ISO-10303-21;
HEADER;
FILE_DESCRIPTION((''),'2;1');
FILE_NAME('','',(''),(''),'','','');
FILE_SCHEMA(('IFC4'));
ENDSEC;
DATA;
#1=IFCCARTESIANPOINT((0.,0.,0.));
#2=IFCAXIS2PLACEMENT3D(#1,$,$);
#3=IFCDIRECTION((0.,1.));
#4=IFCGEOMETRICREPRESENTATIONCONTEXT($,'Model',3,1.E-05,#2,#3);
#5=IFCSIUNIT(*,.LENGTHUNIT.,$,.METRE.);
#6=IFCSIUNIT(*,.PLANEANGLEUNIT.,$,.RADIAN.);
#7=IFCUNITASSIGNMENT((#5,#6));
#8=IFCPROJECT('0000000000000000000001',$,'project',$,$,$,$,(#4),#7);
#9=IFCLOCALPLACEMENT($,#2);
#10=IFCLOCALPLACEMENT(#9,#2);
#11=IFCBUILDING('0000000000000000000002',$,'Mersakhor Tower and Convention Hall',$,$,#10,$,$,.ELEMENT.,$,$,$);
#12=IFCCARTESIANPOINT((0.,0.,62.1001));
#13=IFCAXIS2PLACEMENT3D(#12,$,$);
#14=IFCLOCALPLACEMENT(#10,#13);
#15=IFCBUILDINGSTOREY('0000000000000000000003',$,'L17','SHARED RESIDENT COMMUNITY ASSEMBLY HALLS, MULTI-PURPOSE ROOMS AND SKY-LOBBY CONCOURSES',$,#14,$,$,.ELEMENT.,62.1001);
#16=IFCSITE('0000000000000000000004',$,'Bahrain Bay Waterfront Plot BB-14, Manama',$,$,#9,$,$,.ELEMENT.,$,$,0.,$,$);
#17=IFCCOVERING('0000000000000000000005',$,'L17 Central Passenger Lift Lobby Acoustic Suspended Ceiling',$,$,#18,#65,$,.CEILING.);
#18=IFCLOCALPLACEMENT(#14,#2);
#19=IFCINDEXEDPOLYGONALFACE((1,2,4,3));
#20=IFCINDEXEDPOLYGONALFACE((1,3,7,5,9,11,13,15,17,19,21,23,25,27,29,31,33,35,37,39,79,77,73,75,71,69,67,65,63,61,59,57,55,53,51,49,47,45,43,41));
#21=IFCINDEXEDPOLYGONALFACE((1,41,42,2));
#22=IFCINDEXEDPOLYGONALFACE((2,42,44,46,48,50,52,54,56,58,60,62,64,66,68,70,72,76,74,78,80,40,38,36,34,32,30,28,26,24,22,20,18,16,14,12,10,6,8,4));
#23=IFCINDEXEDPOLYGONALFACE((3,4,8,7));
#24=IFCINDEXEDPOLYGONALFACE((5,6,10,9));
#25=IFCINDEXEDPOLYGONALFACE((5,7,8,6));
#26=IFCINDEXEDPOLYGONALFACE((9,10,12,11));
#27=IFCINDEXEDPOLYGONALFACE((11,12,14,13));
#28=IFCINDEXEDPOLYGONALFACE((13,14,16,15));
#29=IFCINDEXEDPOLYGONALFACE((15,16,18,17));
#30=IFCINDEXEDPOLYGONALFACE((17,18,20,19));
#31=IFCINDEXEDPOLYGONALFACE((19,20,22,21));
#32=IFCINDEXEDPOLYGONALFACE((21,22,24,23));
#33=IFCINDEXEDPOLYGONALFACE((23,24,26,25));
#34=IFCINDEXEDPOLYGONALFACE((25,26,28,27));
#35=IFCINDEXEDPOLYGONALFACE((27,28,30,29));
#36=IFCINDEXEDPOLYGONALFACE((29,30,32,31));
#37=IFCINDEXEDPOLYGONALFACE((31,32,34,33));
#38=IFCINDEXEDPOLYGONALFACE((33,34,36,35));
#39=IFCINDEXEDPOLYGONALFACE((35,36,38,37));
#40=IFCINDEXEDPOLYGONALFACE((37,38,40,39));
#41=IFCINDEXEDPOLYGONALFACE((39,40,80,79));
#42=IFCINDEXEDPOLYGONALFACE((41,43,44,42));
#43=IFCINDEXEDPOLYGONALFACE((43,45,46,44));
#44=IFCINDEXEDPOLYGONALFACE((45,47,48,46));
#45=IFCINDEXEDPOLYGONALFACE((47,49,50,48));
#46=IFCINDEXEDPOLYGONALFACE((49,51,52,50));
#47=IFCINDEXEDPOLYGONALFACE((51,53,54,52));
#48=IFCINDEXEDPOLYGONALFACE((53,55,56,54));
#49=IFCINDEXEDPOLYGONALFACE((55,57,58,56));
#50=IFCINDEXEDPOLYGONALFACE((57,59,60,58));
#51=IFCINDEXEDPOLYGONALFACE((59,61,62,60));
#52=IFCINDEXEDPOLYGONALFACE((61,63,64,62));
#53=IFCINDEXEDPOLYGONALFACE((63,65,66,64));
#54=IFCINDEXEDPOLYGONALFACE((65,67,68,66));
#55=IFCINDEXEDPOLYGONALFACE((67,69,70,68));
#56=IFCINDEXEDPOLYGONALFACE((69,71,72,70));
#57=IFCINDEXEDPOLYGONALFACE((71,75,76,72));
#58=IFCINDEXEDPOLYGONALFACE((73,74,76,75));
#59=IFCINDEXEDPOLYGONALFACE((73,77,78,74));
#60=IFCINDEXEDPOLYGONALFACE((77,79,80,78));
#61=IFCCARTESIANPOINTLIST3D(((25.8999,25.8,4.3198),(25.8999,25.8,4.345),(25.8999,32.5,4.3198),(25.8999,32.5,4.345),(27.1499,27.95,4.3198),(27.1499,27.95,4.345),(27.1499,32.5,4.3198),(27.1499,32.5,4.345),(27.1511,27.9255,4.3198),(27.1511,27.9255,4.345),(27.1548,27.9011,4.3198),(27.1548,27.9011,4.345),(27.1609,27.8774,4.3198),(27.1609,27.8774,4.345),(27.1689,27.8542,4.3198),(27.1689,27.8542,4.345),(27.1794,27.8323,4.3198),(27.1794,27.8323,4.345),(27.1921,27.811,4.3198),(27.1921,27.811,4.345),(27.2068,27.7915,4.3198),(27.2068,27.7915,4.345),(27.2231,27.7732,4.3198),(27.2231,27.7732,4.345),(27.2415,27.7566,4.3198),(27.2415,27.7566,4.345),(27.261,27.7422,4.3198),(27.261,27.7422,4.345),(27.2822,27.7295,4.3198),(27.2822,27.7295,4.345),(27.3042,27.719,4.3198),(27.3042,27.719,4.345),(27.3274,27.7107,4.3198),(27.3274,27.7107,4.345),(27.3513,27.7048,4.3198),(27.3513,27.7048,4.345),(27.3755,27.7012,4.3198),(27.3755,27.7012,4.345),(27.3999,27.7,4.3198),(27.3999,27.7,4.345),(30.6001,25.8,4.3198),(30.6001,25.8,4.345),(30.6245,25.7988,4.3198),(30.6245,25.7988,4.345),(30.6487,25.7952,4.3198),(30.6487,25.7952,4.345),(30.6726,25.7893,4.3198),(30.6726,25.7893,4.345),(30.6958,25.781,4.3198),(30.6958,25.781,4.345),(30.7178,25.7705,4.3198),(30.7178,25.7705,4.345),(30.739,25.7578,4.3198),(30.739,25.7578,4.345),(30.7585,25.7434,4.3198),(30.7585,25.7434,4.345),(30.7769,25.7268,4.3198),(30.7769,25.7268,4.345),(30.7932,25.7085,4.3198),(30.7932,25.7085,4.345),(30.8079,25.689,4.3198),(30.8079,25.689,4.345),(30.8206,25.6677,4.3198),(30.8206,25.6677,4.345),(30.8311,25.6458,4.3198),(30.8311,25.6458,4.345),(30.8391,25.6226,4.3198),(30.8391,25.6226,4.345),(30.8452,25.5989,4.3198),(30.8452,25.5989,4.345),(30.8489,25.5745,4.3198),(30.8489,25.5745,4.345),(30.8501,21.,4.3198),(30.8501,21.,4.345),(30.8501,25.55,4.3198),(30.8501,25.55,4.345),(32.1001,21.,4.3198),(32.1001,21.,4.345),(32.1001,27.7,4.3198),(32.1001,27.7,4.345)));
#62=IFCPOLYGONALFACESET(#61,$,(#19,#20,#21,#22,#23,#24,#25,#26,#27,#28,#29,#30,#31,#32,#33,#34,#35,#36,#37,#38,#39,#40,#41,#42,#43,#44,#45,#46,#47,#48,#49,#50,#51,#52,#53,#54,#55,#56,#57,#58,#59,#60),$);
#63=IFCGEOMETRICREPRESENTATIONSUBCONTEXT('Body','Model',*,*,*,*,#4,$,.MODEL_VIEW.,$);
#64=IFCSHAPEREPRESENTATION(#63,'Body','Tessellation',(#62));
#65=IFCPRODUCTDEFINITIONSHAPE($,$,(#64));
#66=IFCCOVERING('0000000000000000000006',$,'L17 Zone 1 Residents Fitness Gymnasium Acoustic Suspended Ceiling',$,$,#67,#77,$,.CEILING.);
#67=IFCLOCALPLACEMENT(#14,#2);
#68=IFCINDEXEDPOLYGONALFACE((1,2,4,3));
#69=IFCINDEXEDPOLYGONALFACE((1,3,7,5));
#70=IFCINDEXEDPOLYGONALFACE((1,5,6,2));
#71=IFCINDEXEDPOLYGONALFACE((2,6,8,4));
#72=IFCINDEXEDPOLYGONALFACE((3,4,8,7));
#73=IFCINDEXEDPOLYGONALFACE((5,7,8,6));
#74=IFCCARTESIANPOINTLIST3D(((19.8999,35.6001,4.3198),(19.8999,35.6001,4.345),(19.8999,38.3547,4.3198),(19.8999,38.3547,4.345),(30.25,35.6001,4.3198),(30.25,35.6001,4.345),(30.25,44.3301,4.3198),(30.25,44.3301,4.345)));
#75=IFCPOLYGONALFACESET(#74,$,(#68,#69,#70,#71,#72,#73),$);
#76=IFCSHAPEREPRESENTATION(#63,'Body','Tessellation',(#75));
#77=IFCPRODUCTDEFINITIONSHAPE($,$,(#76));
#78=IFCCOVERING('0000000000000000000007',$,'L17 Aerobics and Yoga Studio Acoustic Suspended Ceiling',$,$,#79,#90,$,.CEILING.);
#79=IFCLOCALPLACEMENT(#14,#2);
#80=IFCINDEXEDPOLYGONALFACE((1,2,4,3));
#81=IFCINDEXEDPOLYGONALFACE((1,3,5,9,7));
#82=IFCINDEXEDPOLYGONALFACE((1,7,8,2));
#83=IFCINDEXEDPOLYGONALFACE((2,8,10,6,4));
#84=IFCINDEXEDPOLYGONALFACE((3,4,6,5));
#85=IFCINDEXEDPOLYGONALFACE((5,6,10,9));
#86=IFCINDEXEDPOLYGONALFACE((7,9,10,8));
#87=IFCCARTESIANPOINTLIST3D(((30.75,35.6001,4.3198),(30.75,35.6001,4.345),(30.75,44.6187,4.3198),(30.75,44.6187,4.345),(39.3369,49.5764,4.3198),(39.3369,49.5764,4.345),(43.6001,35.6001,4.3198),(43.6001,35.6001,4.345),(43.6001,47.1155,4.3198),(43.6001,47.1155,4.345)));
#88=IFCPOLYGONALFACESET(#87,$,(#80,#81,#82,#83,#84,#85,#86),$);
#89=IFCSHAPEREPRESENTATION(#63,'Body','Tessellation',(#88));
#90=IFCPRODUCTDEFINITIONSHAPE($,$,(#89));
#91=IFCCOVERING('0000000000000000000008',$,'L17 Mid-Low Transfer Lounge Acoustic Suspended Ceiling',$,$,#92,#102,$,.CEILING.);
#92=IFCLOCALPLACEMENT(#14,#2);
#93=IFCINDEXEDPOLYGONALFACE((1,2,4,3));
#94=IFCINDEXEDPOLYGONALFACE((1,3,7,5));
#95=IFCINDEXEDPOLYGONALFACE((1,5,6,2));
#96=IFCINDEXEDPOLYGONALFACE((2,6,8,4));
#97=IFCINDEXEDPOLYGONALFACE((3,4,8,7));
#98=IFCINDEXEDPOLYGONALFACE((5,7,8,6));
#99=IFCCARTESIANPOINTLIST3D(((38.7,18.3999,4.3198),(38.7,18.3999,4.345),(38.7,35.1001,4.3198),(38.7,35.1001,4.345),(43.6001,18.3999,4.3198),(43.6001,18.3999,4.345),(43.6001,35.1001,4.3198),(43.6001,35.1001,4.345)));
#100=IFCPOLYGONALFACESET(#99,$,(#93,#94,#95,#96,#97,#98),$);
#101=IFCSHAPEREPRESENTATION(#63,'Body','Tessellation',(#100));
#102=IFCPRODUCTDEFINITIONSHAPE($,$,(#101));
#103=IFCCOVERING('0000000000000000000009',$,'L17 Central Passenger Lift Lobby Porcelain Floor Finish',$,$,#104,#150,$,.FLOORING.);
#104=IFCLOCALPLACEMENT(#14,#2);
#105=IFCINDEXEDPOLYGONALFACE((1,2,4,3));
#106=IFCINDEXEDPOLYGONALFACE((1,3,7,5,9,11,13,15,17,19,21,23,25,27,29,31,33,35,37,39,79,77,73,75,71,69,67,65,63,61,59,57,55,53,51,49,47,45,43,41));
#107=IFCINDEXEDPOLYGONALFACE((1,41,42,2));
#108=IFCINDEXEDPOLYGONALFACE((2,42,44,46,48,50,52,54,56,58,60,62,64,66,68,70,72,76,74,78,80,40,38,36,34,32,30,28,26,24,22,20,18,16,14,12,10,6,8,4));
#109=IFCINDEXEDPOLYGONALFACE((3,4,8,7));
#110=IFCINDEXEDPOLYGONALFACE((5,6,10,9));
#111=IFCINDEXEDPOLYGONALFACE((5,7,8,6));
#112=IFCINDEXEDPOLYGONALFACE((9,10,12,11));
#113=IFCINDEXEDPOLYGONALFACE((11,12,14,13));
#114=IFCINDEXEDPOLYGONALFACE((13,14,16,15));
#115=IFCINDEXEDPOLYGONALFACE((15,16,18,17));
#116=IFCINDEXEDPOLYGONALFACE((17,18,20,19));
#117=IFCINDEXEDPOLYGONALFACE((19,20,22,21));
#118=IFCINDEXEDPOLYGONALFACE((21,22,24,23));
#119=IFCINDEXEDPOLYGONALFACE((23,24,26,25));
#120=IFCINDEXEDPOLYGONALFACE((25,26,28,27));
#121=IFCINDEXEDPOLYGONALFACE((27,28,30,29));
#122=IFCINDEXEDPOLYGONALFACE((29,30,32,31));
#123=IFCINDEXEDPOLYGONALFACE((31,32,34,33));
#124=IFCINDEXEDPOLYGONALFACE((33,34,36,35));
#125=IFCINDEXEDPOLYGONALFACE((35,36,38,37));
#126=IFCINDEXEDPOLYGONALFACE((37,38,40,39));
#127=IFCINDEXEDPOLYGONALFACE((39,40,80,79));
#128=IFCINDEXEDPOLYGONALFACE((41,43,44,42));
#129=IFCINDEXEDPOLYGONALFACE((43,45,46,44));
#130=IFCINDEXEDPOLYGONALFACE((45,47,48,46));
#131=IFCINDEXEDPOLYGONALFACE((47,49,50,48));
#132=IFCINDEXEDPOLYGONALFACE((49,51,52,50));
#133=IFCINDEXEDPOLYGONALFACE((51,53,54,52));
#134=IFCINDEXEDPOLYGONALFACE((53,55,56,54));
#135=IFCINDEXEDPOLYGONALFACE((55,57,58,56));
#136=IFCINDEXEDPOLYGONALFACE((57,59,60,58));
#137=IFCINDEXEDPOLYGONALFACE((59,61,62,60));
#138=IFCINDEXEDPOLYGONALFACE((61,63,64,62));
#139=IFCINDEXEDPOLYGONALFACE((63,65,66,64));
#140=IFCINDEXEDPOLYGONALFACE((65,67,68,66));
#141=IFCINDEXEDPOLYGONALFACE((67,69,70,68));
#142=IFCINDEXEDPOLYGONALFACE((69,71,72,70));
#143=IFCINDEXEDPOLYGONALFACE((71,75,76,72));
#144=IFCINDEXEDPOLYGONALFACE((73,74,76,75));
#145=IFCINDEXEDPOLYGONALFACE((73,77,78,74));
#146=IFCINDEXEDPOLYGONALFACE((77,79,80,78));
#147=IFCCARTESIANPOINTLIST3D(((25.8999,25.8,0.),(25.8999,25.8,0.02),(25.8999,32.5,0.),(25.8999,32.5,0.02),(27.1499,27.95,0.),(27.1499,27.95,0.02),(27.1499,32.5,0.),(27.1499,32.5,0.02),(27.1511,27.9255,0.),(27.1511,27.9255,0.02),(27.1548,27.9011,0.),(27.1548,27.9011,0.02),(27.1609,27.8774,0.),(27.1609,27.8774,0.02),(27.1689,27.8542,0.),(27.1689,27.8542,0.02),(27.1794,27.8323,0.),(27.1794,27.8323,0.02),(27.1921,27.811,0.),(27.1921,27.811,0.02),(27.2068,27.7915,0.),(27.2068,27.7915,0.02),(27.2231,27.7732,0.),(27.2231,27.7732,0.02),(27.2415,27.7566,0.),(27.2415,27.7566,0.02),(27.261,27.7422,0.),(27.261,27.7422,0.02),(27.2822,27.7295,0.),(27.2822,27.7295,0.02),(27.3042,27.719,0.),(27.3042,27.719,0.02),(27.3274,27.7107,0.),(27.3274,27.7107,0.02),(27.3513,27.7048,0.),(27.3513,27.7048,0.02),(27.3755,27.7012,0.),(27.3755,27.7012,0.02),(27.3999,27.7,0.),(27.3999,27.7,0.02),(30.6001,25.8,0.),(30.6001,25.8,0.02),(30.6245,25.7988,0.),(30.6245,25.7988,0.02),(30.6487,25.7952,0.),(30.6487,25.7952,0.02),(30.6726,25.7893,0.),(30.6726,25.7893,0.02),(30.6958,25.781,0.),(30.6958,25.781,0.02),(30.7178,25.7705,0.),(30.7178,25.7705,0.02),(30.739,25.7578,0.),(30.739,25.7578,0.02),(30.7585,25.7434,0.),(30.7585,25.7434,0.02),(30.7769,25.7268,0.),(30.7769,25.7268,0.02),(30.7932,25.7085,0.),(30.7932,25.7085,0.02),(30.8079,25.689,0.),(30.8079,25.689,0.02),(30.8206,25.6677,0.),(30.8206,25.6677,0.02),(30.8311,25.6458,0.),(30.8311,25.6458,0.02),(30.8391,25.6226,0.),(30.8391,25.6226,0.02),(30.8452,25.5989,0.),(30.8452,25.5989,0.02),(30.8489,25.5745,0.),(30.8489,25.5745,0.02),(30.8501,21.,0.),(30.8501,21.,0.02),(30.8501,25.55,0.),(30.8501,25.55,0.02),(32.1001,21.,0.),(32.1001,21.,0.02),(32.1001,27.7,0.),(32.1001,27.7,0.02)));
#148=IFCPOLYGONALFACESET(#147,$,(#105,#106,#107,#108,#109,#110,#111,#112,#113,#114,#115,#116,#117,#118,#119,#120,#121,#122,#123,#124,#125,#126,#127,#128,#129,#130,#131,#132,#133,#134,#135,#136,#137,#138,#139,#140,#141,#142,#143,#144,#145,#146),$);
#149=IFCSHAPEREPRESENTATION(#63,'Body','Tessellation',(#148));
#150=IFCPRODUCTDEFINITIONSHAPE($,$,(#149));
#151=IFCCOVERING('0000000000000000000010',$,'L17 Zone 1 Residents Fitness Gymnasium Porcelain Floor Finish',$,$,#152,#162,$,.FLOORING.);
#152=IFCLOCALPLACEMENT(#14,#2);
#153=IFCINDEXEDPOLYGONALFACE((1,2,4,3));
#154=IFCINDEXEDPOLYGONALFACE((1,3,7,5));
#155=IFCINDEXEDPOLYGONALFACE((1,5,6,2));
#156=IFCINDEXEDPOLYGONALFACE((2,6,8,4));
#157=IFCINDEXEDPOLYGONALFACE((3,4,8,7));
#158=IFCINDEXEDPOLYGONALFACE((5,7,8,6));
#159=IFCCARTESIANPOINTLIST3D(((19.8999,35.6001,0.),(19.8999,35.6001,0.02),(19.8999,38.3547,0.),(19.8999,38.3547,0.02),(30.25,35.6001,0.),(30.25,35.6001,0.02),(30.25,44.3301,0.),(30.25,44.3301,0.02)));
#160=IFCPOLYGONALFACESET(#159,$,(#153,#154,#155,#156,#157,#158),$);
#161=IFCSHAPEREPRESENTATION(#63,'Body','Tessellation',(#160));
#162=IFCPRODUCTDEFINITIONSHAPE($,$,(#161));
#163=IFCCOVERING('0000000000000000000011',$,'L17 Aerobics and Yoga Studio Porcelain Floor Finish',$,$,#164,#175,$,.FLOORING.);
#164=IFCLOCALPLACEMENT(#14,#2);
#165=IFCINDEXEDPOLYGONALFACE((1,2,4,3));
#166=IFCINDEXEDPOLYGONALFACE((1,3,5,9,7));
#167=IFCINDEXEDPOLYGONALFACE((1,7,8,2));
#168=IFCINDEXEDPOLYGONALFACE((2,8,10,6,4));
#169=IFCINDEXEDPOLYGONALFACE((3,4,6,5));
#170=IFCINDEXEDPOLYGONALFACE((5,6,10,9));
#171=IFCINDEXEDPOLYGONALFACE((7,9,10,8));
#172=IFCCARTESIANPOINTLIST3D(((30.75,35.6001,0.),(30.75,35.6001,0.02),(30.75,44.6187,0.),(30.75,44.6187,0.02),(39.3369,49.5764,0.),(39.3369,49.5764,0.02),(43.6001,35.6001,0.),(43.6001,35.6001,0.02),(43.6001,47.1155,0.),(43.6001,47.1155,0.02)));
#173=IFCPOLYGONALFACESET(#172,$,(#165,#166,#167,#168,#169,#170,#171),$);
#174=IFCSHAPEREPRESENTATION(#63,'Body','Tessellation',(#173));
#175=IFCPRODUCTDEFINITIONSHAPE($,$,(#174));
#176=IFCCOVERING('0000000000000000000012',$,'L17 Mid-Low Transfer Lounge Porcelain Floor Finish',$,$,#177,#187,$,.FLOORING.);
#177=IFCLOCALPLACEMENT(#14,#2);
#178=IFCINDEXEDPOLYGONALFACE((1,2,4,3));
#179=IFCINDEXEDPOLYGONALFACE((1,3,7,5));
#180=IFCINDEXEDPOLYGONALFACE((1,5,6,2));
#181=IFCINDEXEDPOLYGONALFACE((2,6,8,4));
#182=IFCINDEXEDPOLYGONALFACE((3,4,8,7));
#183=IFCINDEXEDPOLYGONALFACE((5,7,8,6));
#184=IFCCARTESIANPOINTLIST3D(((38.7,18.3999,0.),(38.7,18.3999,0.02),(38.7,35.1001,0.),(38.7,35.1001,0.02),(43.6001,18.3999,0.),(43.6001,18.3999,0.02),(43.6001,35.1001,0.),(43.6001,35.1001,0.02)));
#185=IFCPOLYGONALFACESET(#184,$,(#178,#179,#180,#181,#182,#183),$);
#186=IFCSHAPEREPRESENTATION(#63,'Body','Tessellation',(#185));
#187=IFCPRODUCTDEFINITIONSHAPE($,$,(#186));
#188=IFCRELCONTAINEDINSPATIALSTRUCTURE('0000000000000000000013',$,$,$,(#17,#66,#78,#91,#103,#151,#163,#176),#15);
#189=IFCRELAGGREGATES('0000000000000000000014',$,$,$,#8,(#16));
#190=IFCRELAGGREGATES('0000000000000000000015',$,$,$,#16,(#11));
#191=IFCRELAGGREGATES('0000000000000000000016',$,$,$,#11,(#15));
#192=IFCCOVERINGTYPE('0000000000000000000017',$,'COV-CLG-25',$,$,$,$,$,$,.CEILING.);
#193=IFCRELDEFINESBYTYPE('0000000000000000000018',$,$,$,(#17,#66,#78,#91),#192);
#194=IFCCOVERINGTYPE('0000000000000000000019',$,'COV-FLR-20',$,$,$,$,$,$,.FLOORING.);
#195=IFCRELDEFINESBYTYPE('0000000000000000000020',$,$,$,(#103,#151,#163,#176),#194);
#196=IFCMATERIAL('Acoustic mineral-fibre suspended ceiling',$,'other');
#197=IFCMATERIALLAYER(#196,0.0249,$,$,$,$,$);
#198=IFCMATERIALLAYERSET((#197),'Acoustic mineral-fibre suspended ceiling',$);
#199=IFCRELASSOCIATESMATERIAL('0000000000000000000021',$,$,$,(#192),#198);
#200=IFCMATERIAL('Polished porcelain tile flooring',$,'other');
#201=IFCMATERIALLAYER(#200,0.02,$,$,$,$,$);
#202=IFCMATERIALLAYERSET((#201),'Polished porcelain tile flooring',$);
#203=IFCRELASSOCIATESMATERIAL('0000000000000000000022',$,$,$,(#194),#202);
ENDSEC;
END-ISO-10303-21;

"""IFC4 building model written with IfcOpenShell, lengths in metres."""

from ifc_helpers import new_model, si_unit, direction, frame, origin, place, context, subcontext, project, spatial, polyline, outline, extrude, material, layer, layer_set, type_object, element, save


model = new_model("IFC4")

# Units and contexts
model_context = context("Model", 3, precision=1e-05, world=origin(), true_north=direction((0.0, 1.0)))
body_context = subcontext(model_context, "Body", "Model", "MODEL_VIEW")
ifc_project = project(units=[si_unit("LENGTHUNIT", "METRE"), si_unit("PLANEANGLEUNIT", "RADIAN")], contexts=[model_context])

# Site, building, storey
site_placement = place(None, origin())
site = spatial("IfcSite", under=ifc_project, at=site_placement, Name="Bahrain Bay Waterfront Plot BB-14, Manama", CompositionType="ELEMENT", RefElevation=0.0)
building_placement = place(site_placement, origin())
building = spatial("IfcBuilding", under=site, at=building_placement, Name="Mersakhor Tower and Convention Hall", CompositionType="ELEMENT")
storey_placement = place(building_placement, frame((0.0, 0.0, 62.1001)))
storey = spatial("IfcBuildingStorey", under=building, at=storey_placement, Name="L17", Description="SHARED RESIDENT COMMUNITY ASSEMBLY HALLS, MULTI-PURPOSE ROOMS AND SKY-LOBBY CONCOURSES", CompositionType="ELEMENT", Elevation=62.1001)

# Coverings
ifc_material_1 = material(Name="Acoustic mineral-fibre suspended ceiling", Category="other")
ifc_layer_1 = layer(ifc_material_1, 0.0249)
ifc_layer_set_1 = layer_set([ifc_layer_1], Name="Acoustic mineral-fibre suspended ceiling")
covering_type_1 = type_object("IfcCoveringType", Name="COV-CLG-25", PredefinedType="CEILING", material=ifc_layer_set_1)
covering_1_placement = place(storey_placement, frame((0.0, 0.0, 4.3198)))
element("IfcCovering", 1, at=covering_1_placement, inside=storey, type_object=covering_type_1, Name="L17 Central Passenger Lift Lobby Acoustic Suspended Ceiling", PredefinedType="CEILING", context=body_context, shape_type="SweptSolid", body=[
    extrude(outline(polyline([(30.8501, 21.0), (30.8501, 25.55), (30.8489, 25.5745), (30.8452, 25.5989), (30.8391, 25.6226), (30.8311, 25.6458), (30.8206, 25.6677), (30.8079, 25.689), (30.7932, 25.7085), (30.7769, 25.7268), (30.7585, 25.7434), (30.739, 25.7578), (30.7178, 25.7705), (30.6958, 25.781), (30.6726, 25.7893), (30.6487, 25.7952), (30.6245, 25.7988), (30.6001, 25.8), (25.8999, 25.8), (25.8999, 32.5), (27.1499, 32.5), (27.1499, 27.95), (27.1511, 27.9255), (27.1548, 27.9011), (27.1609, 27.8774), (27.1689, 27.8542), (27.1794, 27.8323), (27.1921, 27.811), (27.2068, 27.7915), (27.2231, 27.7732), (27.2415, 27.7566), (27.261, 27.7422), (27.2822, 27.7295), (27.3042, 27.719), (27.3274, 27.7107), (27.3513, 27.7048), (27.3755, 27.7012), (27.3999, 27.7), (32.1001, 27.7), (32.1001, 21.0), (30.8501, 21.0)])), origin(), (0.0, 0.0, 1.0), 0.0251),
])
covering_2_placement = place(storey_placement, frame((0.0, 0.0, 4.3198)))
element("IfcCovering", 2, at=covering_2_placement, inside=storey, type_object=covering_type_1, Name="L17 Zone 1 Residents Fitness Gymnasium Acoustic Suspended Ceiling", PredefinedType="CEILING", context=body_context, shape_type="SweptSolid", body=[
    extrude(outline(polyline([(30.25, 35.6001), (19.8999, 35.6001), (19.8999, 38.3547), (30.25, 44.3301), (30.25, 35.6001)])), origin(), (0.0, 0.0, 1.0), 0.0251),
])
covering_3_placement = place(storey_placement, frame((0.0, 0.0, 4.3198)))
element("IfcCovering", 3, at=covering_3_placement, inside=storey, type_object=covering_type_1, Name="L17 Aerobics and Yoga Studio Acoustic Suspended Ceiling", PredefinedType="CEILING", context=body_context, shape_type="SweptSolid", body=[
    extrude(outline(polyline([(43.6001, 35.6001), (30.75, 35.6001), (30.75, 44.6187), (39.3369, 49.5764), (43.6001, 47.1155), (43.6001, 35.6001)])), origin(), (0.0, 0.0, 1.0), 0.0251),
])
covering_4_placement = place(storey_placement, frame((0.0, 0.0, 4.3198)))
element("IfcCovering", 4, at=covering_4_placement, inside=storey, type_object=covering_type_1, Name="L17 Mid-Low Transfer Lounge Acoustic Suspended Ceiling", PredefinedType="CEILING", context=body_context, shape_type="SweptSolid", body=[
    extrude(outline(polyline([(38.7, 18.3999), (38.7, 35.1001), (43.6001, 35.1001), (43.6001, 18.3999), (38.7, 18.3999)])), origin(), (0.0, 0.0, 1.0), 0.0251),
])
ifc_material_2 = material(Name="Polished porcelain tile flooring", Category="other")
ifc_layer_2 = layer(ifc_material_2, 0.02)
ifc_layer_set_2 = layer_set([ifc_layer_2], Name="Polished porcelain tile flooring")
covering_type_2 = type_object("IfcCoveringType", Name="COV-FLR-20", PredefinedType="FLOORING", material=ifc_layer_set_2)
covering_5_placement = place(storey_placement, origin())
element("IfcCovering", 5, at=covering_5_placement, inside=storey, type_object=covering_type_2, Name="L17 Central Passenger Lift Lobby Porcelain Floor Finish", PredefinedType="FLOORING", context=body_context, shape_type="SweptSolid", body=[
    extrude(outline(polyline([(30.8501, 21.0), (30.8501, 25.55), (30.8489, 25.5745), (30.8452, 25.5989), (30.8391, 25.6226), (30.8311, 25.6458), (30.8206, 25.6677), (30.8079, 25.689), (30.7932, 25.7085), (30.7769, 25.7268), (30.7585, 25.7434), (30.739, 25.7578), (30.7178, 25.7705), (30.6958, 25.781), (30.6726, 25.7893), (30.6487, 25.7952), (30.6245, 25.7988), (30.6001, 25.8), (25.8999, 25.8), (25.8999, 32.5), (27.1499, 32.5), (27.1499, 27.95), (27.1511, 27.9255), (27.1548, 27.9011), (27.1609, 27.8774), (27.1689, 27.8542), (27.1794, 27.8323), (27.1921, 27.811), (27.2068, 27.7915), (27.2231, 27.7732), (27.2415, 27.7566), (27.261, 27.7422), (27.2822, 27.7295), (27.3042, 27.719), (27.3274, 27.7107), (27.3513, 27.7048), (27.3755, 27.7012), (27.3999, 27.7), (32.1001, 27.7), (32.1001, 21.0), (30.8501, 21.0)])), origin(), (0.0, 0.0, 1.0), 0.02),
])
covering_6_placement = place(storey_placement, origin())
element("IfcCovering", 6, at=covering_6_placement, inside=storey, type_object=covering_type_2, Name="L17 Zone 1 Residents Fitness Gymnasium Porcelain Floor Finish", PredefinedType="FLOORING", context=body_context, shape_type="SweptSolid", body=[
    extrude(outline(polyline([(30.25, 35.6001), (19.8999, 35.6001), (19.8999, 38.3547), (30.25, 44.3301), (30.25, 35.6001)])), origin(), (0.0, 0.0, 1.0), 0.02),
])
covering_7_placement = place(storey_placement, origin())
element("IfcCovering", 7, at=covering_7_placement, inside=storey, type_object=covering_type_2, Name="L17 Aerobics and Yoga Studio Porcelain Floor Finish", PredefinedType="FLOORING", context=body_context, shape_type="SweptSolid", body=[
    extrude(outline(polyline([(43.6001, 35.6001), (30.75, 35.6001), (30.75, 44.6187), (39.3369, 49.5764), (43.6001, 47.1155), (43.6001, 35.6001)])), origin(), (0.0, 0.0, 1.0), 0.02),
])
covering_8_placement = place(storey_placement, origin())
element("IfcCovering", 8, at=covering_8_placement, inside=storey, type_object=covering_type_2, Name="L17 Mid-Low Transfer Lounge Porcelain Floor Finish", PredefinedType="FLOORING", context=body_context, shape_type="SweptSolid", body=[
    extrude(outline(polyline([(38.7, 18.3999), (38.7, 35.1001), (43.6001, 35.1001), (43.6001, 18.3999), (38.7, 18.3999)])), origin(), (0.0, 0.0, 1.0), 0.02),
])

save(model, "model.ifc")
